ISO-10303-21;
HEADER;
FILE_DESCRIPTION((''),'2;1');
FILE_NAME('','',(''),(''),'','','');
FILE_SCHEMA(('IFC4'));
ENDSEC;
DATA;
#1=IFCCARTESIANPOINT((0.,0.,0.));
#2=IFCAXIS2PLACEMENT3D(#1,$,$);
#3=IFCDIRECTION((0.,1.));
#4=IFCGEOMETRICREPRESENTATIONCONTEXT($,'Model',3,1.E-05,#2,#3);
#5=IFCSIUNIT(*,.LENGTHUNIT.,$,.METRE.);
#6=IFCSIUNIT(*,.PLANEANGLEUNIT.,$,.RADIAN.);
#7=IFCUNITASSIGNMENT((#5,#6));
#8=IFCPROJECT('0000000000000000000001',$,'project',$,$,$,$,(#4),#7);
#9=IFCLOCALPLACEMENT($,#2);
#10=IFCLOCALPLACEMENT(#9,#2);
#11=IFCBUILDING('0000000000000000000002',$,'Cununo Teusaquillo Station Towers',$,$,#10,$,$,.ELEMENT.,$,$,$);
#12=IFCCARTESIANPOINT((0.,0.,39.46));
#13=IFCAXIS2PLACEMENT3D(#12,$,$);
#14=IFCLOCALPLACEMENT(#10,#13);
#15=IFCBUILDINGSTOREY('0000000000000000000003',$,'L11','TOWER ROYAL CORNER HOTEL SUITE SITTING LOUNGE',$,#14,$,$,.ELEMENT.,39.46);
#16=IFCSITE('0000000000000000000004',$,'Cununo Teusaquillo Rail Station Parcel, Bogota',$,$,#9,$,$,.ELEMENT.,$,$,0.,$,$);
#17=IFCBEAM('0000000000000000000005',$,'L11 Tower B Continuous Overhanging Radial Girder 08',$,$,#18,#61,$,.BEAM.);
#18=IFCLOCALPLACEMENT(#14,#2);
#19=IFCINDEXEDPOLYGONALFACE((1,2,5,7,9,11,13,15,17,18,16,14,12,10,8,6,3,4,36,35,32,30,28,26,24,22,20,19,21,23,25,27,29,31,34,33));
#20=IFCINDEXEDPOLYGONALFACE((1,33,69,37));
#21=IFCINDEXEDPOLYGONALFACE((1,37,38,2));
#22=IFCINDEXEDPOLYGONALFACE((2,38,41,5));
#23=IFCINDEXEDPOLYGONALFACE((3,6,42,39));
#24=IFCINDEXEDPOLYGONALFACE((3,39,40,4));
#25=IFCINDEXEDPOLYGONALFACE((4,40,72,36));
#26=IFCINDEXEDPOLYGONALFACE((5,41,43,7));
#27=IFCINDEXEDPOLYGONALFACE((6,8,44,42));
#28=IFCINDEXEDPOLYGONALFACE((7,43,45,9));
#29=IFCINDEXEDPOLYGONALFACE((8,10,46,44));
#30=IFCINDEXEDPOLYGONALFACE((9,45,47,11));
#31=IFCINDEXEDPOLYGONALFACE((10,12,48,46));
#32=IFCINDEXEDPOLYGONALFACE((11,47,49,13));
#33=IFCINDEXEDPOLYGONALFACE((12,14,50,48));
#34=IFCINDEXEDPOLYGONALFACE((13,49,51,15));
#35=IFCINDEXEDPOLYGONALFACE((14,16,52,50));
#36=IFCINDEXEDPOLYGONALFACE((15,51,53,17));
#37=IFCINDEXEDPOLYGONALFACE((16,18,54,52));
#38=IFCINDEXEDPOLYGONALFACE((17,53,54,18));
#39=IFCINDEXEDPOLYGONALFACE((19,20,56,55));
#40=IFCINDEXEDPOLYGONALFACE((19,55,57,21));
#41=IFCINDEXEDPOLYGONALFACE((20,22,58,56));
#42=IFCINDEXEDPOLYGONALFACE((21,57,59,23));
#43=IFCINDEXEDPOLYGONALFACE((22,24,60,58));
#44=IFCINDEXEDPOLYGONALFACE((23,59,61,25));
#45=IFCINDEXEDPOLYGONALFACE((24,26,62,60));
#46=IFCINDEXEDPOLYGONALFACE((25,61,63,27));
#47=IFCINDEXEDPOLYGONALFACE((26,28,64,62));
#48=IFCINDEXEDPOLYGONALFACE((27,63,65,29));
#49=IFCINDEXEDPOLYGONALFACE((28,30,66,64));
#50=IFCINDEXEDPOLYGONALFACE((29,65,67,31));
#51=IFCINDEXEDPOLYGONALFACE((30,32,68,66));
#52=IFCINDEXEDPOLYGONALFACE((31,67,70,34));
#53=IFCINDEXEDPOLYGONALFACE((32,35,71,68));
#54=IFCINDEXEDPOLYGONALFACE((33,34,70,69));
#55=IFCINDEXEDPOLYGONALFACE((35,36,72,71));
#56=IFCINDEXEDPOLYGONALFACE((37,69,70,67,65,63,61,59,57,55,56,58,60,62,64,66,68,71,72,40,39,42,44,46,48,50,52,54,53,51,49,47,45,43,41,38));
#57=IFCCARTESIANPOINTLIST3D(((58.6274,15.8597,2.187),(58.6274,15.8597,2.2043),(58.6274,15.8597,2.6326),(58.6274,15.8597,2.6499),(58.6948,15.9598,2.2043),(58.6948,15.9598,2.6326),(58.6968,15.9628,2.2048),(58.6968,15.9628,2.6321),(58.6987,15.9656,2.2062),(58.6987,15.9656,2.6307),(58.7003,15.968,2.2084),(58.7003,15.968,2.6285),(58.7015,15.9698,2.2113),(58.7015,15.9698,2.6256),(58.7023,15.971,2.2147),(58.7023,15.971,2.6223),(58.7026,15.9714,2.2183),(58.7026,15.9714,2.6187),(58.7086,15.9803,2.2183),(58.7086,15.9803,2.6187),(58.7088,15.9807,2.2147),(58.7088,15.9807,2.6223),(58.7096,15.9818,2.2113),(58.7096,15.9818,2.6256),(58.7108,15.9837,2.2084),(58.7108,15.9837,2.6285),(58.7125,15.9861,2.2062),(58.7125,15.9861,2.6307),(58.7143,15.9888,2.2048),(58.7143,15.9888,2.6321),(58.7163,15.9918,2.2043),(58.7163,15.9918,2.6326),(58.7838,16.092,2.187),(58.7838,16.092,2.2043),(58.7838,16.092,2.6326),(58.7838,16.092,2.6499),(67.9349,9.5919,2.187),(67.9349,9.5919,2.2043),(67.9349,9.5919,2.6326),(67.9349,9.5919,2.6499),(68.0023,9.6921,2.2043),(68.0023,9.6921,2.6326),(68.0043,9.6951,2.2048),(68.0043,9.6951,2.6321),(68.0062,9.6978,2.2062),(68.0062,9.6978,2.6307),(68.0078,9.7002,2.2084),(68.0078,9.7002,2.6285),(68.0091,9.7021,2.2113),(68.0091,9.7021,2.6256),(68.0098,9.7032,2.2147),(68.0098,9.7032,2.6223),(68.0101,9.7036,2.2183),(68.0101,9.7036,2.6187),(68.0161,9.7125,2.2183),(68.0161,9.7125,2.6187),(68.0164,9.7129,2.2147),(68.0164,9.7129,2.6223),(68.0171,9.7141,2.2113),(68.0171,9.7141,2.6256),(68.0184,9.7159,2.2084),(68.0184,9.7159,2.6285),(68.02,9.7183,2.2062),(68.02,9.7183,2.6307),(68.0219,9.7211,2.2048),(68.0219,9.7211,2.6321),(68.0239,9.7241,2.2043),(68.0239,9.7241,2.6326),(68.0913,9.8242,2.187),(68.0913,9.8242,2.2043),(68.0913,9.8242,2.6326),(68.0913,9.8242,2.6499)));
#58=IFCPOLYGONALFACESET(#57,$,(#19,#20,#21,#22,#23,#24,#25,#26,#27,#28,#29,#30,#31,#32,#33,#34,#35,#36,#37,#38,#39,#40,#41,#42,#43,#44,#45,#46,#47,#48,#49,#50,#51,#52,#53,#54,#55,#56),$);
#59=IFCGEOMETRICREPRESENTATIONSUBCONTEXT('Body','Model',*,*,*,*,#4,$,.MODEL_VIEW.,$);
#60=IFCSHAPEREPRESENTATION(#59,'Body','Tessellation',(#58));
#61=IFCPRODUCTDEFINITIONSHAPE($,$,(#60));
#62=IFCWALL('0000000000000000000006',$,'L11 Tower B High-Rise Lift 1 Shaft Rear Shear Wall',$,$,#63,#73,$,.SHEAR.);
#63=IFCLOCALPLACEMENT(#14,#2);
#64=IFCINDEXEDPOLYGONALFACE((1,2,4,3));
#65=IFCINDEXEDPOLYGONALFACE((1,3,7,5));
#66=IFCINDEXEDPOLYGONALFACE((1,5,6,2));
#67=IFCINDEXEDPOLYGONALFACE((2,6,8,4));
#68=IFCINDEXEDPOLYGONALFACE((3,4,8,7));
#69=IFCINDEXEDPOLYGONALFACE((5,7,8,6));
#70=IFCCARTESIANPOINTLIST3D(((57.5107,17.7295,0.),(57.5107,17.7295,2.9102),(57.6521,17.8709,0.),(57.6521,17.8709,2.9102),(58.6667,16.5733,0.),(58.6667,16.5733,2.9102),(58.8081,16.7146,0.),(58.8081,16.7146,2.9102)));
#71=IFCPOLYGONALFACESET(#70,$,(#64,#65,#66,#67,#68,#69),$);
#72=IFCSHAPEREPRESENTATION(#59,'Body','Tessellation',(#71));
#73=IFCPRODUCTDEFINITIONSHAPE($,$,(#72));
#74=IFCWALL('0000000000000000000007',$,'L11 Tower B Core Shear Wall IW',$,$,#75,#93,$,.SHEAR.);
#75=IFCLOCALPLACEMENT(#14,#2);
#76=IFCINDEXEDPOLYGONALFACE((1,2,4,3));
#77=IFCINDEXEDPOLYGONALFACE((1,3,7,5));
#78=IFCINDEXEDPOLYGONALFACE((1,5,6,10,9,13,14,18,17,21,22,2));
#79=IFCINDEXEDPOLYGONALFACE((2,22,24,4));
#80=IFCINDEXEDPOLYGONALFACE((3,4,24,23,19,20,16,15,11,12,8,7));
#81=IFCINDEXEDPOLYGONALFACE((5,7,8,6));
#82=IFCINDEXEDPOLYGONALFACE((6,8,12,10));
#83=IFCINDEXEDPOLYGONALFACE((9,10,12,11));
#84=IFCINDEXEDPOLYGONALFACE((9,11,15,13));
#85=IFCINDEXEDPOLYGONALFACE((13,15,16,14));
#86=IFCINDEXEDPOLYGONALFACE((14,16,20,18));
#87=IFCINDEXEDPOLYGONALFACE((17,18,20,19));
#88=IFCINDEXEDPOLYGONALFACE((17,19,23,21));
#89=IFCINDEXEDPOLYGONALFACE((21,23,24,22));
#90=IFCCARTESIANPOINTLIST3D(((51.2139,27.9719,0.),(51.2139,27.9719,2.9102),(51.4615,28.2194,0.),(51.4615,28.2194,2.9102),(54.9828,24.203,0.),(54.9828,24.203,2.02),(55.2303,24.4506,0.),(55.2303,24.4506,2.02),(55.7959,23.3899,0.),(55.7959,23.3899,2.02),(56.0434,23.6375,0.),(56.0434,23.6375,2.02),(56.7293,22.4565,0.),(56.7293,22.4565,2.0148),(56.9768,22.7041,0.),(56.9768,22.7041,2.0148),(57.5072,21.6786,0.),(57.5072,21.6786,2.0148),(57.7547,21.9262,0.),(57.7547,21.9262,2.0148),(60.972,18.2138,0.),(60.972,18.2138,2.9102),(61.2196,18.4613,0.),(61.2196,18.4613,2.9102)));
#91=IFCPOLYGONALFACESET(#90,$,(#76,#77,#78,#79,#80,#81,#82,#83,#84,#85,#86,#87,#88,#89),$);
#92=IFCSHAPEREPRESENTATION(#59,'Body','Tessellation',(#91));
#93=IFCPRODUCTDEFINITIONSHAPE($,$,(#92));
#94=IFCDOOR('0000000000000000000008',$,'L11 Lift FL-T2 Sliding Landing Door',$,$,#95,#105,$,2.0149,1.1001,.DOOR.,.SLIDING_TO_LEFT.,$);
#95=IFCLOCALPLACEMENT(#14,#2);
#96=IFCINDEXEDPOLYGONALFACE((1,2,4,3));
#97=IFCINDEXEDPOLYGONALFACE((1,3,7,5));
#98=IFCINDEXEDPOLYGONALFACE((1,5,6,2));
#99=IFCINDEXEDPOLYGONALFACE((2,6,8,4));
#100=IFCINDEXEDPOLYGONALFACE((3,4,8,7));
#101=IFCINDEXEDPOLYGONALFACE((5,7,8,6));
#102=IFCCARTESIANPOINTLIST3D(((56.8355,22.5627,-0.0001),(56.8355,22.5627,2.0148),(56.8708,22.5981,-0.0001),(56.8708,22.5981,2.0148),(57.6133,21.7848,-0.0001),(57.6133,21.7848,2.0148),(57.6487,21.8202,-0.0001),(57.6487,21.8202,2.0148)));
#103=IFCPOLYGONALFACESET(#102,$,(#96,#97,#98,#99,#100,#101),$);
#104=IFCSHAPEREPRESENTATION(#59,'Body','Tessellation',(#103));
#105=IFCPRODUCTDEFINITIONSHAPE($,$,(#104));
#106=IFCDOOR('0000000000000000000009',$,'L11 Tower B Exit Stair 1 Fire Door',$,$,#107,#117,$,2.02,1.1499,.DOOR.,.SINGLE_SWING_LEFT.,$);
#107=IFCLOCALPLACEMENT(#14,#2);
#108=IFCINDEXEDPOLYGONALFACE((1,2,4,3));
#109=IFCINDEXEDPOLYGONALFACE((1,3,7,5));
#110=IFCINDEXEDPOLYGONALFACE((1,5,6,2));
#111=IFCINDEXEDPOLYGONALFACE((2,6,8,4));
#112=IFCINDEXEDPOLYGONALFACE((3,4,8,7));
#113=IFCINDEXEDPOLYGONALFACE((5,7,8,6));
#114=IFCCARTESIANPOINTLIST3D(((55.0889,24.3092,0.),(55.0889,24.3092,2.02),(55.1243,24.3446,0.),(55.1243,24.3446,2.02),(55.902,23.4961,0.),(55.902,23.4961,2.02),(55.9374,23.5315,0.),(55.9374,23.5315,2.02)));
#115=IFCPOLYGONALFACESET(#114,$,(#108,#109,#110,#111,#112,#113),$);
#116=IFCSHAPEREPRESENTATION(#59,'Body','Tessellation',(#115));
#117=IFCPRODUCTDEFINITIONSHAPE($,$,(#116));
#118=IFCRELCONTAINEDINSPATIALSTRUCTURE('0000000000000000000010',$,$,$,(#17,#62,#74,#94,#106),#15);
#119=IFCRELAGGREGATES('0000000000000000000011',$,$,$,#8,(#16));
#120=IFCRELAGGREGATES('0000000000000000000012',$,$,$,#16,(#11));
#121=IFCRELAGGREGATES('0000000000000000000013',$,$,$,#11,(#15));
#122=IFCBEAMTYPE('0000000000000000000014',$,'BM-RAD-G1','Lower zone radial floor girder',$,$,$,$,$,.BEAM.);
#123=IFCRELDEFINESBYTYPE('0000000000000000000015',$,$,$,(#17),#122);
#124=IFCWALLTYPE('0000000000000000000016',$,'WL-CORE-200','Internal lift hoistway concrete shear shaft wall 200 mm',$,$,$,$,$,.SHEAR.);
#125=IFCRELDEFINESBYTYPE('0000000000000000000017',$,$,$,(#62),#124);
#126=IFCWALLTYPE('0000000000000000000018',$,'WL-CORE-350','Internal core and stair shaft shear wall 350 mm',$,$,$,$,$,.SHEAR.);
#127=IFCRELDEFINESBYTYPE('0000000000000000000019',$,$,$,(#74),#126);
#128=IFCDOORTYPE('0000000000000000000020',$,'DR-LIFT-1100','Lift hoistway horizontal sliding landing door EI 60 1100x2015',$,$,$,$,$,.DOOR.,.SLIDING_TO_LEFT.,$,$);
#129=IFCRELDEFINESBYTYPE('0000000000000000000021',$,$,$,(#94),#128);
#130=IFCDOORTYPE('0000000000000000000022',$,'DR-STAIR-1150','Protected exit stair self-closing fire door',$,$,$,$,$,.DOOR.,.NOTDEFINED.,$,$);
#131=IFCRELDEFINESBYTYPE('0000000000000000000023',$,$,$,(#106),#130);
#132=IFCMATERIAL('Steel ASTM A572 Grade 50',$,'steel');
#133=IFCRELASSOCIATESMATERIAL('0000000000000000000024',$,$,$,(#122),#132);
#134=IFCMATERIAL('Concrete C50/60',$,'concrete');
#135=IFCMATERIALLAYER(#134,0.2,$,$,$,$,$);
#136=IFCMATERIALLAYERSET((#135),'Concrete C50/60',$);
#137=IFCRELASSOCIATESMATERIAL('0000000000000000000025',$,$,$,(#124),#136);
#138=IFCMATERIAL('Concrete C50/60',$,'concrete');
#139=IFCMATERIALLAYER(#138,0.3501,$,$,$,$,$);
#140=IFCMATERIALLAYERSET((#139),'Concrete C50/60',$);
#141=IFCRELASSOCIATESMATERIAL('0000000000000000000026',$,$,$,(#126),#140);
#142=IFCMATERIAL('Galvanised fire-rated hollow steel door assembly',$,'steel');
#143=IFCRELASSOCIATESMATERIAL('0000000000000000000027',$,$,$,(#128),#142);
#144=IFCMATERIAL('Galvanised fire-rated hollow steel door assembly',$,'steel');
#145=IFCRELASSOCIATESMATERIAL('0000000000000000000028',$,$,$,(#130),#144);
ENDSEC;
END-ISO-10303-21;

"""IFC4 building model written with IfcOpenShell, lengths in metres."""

from ifc_helpers import new_model, si_unit, direction, frame, frame_2d, origin, origin_2d, place, context, subcontext, project, spatial, rectangle, i_section, extrude, source, transform, mapped, material, layer, layer_set, material_profile, profile_set, type_object, element, fill, save


model = new_model("IFC4")

# Units and contexts
model_context = context("Model", 3, precision=1e-05, world=origin(), true_north=direction((0.0, 1.0)))
body_context = subcontext(model_context, "Body", "Model", "MODEL_VIEW")
ifc_project = project(units=[si_unit("LENGTHUNIT", "METRE"), si_unit("PLANEANGLEUNIT", "RADIAN")], contexts=[model_context])

# Site, building, storey
site_placement = place(None, origin())
site = spatial("IfcSite", under=ifc_project, at=site_placement, Name="Cununo Teusaquillo Rail Station Parcel, Bogota", CompositionType="ELEMENT", RefElevation=0.0)
building_placement = place(site_placement, origin())
building = spatial("IfcBuilding", under=site, at=building_placement, Name="Cununo Teusaquillo Station Towers", CompositionType="ELEMENT")
storey_placement = place(building_placement, frame((0.0, 0.0, 39.46)))
storey = spatial("IfcBuildingStorey", under=building, at=storey_placement, Name="L11", Description="TOWER ROYAL CORNER HOTEL SUITE SITTING LOUNGE", CompositionType="ELEMENT", Elevation=39.46)

# Beam
ifc_material_1 = material(Name="Steel ASTM A572 Grade 50", Category="steel")
ifc_material_profile_1 = material_profile(ifc_material_1, i_section(OverallWidth=0.28, OverallDepth=0.4629, WebThickness=0.0107, FlangeThickness=0.0173, FilletRadius=0.0139, at=origin_2d()), Name="W18X76")
ifc_profile_set_1 = profile_set([ifc_material_profile_1], Name="Steel ASTM A572 Grade 50")
beam_type_1 = type_object("IfcBeamType", Name="BM-RAD-G1", Description="Lower zone radial floor girder", PredefinedType="BEAM", material=ifc_profile_set_1)
beam_1_placement = place(storey_placement, frame((58.7056, 15.9758, 2.4185), z_axis=(0.829461, -0.558565, 0.0), x_axis=(0.558565, 0.829461, 0.0)))
element("IfcBeam", 1, at=beam_1_placement, inside=storey, type_object=beam_type_1, Name="L11 Tower B Continuous Overhanging Radial Girder 08", PredefinedType="BEAM", context=body_context, shape_type="SweptSolid", body=[
    extrude(i_section(OverallWidth=0.28, OverallDepth=0.4629, WebThickness=0.0107, FlangeThickness=0.0173, FilletRadius=0.0139, at=origin_2d()), origin(), (0.0, 0.0, 1.0), 11.2212),
])

# Wall
ifc_material_2 = material(Name="Concrete C50/60", Category="concrete")
ifc_layer_1 = layer(ifc_material_2, 0.2)
ifc_layer_set_1 = layer_set([ifc_layer_1], Name="Concrete C50/60")
wall_type_1 = type_object("IfcWallType", Name="WL-CORE-200", Description="Internal lift hoistway concrete shear shaft wall 200 mm", PredefinedType="SHEAR", material=ifc_layer_set_1)
wall_1_placement = place(storey_placement, frame((58.7373, 16.644, 0.0), z_axis=(0.0, 0.0, 1.0), x_axis=(-0.707032, 0.707181, 0.0)))
element("IfcWall", 2, at=wall_1_placement, inside=storey, type_object=wall_type_1, Name="L11 Tower B High-Rise Lift 1 Shaft Rear Shear Wall", PredefinedType="SHEAR", context=body_context, shape_type="SweptSolid", body=[
    extrude(rectangle(XDim=1.635, YDim=0.2, at=frame_2d((0.8174, 0.0))), origin(), (0.0, 0.0, 1.0), 2.9102),
])

# Wall, openings, doors
ifc_material_3 = material(Name="Concrete C50/60", Category="concrete")
ifc_layer_2 = layer(ifc_material_3, 0.3501)
ifc_layer_set_2 = layer_set([ifc_layer_2], Name="Concrete C50/60")
wall_type_2 = type_object("IfcWallType", Name="WL-CORE-350", Description="Internal core and stair shaft shear wall 350 mm", PredefinedType="SHEAR", material=ifc_layer_set_2)
wall_2_placement = place(storey_placement, frame((61.0957, 18.3376, 0.0), z_axis=(0.0, 0.0, 1.0), x_axis=(-0.707107, 0.707107, 0.0)))
wall_2 = element("IfcWall", 3, at=wall_2_placement, inside=storey, type_object=wall_type_2, Name="L11 Tower B Core Shear Wall IW", PredefinedType="SHEAR", context=body_context, shape_type="SweptSolid", body=[
    extrude(rectangle(XDim=13.8, YDim=0.3501, at=frame_2d((6.8999, 0.0))), origin(), (0.0, 0.0, 1.0), 2.9102),
])
shared_shape_1 = source(origin(), body_context, "Body", "SweptSolid", [
    extrude(rectangle(XDim=1.1001, YDim=2.0149, at=frame_2d((0.55, 1.0073))), frame((0.0, 0.1851, 0.0), z_axis=(0.0, -1.0, 0.0), x_axis=(1.0, 0.0, 0.0)), (0.0, 0.0, 1.0), 0.3701),
])
opening_1_placement = place(wall_2_placement, frame((4.8999, 0.0, 0.0)))
opening_1 = element("IfcOpeningElement", 4, at=opening_1_placement, cuts=wall_2, PredefinedType="OPENING", context=body_context, shape_type="MappedRepresentation", body=[
    mapped(shared_shape_1, transform((0.0, 0.0, 0.0), x_axis=(1.0, 0.0, 0.0), y_axis=(0.0, 1.0, 0.0), z_axis=(0.0, 0.0, 1.0), scale=1.0)),
])
shared_shape_2 = source(origin(), body_context, "Body", "SweptSolid", [
    extrude(rectangle(XDim=1.1499, YDim=2.02, at=frame_2d((0.575, 1.01))), frame((0.0, 0.1851, 0.0), z_axis=(0.0, -1.0, 0.0), x_axis=(1.0, 0.0, 0.0)), (0.0, 0.0, 1.0), 0.3701),
])
opening_2_placement = place(wall_2_placement, frame((7.3201, 0.0, 0.0)))
opening_2 = element("IfcOpeningElement", 5, at=opening_2_placement, cuts=wall_2, PredefinedType="OPENING", context=body_context, shape_type="MappedRepresentation", body=[
    mapped(shared_shape_2, transform((0.0, 0.0, 0.0), x_axis=(1.0, 0.0, 0.0), y_axis=(0.0, 1.0, 0.0), z_axis=(0.0, 0.0, 1.0), scale=1.0)),
])
ifc_material_4 = material(Name="Galvanised fire-rated hollow steel door assembly", Category="steel")
door_type_1 = type_object("IfcDoorType", Name="DR-LIFT-1100", Description="Lift hoistway horizontal sliding landing door EI 60 1100x2015", OperationType="SLIDING_TO_LEFT", PredefinedType="DOOR", material=ifc_material_4)
shared_shape_3 = source(origin(), body_context, "Body", "SweptSolid", [
    extrude(rectangle(XDim=1.1001, YDim=2.0149, at=frame_2d((0.55, 1.0073))), frame((0.0, 0.0249, 0.0), z_axis=(0.0, -1.0, 0.0), x_axis=(1.0, 0.0, 0.0)), (0.0, 0.0, 1.0), 0.05),
])
door_1_placement = place(opening_1_placement, origin())
door_1 = element("IfcDoor", 6, at=door_1_placement, inside=storey, type_object=door_type_1, Name="L11 Lift FL-T2 Sliding Landing Door", OperationType="SLIDING_TO_LEFT", OverallHeight=2.0149, OverallWidth=1.1001, PredefinedType="DOOR", context=body_context, shape_type="MappedRepresentation", body=[
    mapped(shared_shape_3, transform((0.0, 0.0, 0.0), x_axis=(1.0, 0.0, 0.0), y_axis=(0.0, 1.0, 0.0), z_axis=(0.0, 0.0, 1.0), scale=1.0)),
])
fill(opening_1, door_1)
ifc_material_5 = material(Name="Galvanised fire-rated hollow steel door assembly", Category="steel")
door_type_2 = type_object("IfcDoorType", Name="DR-STAIR-1150", Description="Protected exit stair self-closing fire door", OperationType="NOTDEFINED", PredefinedType="DOOR", material=ifc_material_5)
shared_shape_4 = source(origin(), body_context, "Body", "SweptSolid", [
    extrude(rectangle(XDim=1.1499, YDim=2.02, at=frame_2d((0.575, 1.01))), frame((0.0, 0.0249, 0.0), z_axis=(0.0, -1.0, 0.0), x_axis=(1.0, 0.0, 0.0)), (0.0, 0.0, 1.0), 0.05),
])
door_2_placement = place(opening_2_placement, origin())
door_2 = element("IfcDoor", 7, at=door_2_placement, inside=storey, type_object=door_type_2, Name="L11 Tower B Exit Stair 1 Fire Door", OperationType="SINGLE_SWING_LEFT", OverallHeight=2.02, OverallWidth=1.1499, PredefinedType="DOOR", context=body_context, shape_type="MappedRepresentation", body=[
    mapped(shared_shape_4, transform((0.0, 0.0, 0.0), x_axis=(1.0, 0.0, 0.0), y_axis=(0.0, 1.0, 0.0), z_axis=(0.0, 0.0, 1.0), scale=1.0)),
])
fill(opening_2, door_2)

save(model, "model.ifc")
